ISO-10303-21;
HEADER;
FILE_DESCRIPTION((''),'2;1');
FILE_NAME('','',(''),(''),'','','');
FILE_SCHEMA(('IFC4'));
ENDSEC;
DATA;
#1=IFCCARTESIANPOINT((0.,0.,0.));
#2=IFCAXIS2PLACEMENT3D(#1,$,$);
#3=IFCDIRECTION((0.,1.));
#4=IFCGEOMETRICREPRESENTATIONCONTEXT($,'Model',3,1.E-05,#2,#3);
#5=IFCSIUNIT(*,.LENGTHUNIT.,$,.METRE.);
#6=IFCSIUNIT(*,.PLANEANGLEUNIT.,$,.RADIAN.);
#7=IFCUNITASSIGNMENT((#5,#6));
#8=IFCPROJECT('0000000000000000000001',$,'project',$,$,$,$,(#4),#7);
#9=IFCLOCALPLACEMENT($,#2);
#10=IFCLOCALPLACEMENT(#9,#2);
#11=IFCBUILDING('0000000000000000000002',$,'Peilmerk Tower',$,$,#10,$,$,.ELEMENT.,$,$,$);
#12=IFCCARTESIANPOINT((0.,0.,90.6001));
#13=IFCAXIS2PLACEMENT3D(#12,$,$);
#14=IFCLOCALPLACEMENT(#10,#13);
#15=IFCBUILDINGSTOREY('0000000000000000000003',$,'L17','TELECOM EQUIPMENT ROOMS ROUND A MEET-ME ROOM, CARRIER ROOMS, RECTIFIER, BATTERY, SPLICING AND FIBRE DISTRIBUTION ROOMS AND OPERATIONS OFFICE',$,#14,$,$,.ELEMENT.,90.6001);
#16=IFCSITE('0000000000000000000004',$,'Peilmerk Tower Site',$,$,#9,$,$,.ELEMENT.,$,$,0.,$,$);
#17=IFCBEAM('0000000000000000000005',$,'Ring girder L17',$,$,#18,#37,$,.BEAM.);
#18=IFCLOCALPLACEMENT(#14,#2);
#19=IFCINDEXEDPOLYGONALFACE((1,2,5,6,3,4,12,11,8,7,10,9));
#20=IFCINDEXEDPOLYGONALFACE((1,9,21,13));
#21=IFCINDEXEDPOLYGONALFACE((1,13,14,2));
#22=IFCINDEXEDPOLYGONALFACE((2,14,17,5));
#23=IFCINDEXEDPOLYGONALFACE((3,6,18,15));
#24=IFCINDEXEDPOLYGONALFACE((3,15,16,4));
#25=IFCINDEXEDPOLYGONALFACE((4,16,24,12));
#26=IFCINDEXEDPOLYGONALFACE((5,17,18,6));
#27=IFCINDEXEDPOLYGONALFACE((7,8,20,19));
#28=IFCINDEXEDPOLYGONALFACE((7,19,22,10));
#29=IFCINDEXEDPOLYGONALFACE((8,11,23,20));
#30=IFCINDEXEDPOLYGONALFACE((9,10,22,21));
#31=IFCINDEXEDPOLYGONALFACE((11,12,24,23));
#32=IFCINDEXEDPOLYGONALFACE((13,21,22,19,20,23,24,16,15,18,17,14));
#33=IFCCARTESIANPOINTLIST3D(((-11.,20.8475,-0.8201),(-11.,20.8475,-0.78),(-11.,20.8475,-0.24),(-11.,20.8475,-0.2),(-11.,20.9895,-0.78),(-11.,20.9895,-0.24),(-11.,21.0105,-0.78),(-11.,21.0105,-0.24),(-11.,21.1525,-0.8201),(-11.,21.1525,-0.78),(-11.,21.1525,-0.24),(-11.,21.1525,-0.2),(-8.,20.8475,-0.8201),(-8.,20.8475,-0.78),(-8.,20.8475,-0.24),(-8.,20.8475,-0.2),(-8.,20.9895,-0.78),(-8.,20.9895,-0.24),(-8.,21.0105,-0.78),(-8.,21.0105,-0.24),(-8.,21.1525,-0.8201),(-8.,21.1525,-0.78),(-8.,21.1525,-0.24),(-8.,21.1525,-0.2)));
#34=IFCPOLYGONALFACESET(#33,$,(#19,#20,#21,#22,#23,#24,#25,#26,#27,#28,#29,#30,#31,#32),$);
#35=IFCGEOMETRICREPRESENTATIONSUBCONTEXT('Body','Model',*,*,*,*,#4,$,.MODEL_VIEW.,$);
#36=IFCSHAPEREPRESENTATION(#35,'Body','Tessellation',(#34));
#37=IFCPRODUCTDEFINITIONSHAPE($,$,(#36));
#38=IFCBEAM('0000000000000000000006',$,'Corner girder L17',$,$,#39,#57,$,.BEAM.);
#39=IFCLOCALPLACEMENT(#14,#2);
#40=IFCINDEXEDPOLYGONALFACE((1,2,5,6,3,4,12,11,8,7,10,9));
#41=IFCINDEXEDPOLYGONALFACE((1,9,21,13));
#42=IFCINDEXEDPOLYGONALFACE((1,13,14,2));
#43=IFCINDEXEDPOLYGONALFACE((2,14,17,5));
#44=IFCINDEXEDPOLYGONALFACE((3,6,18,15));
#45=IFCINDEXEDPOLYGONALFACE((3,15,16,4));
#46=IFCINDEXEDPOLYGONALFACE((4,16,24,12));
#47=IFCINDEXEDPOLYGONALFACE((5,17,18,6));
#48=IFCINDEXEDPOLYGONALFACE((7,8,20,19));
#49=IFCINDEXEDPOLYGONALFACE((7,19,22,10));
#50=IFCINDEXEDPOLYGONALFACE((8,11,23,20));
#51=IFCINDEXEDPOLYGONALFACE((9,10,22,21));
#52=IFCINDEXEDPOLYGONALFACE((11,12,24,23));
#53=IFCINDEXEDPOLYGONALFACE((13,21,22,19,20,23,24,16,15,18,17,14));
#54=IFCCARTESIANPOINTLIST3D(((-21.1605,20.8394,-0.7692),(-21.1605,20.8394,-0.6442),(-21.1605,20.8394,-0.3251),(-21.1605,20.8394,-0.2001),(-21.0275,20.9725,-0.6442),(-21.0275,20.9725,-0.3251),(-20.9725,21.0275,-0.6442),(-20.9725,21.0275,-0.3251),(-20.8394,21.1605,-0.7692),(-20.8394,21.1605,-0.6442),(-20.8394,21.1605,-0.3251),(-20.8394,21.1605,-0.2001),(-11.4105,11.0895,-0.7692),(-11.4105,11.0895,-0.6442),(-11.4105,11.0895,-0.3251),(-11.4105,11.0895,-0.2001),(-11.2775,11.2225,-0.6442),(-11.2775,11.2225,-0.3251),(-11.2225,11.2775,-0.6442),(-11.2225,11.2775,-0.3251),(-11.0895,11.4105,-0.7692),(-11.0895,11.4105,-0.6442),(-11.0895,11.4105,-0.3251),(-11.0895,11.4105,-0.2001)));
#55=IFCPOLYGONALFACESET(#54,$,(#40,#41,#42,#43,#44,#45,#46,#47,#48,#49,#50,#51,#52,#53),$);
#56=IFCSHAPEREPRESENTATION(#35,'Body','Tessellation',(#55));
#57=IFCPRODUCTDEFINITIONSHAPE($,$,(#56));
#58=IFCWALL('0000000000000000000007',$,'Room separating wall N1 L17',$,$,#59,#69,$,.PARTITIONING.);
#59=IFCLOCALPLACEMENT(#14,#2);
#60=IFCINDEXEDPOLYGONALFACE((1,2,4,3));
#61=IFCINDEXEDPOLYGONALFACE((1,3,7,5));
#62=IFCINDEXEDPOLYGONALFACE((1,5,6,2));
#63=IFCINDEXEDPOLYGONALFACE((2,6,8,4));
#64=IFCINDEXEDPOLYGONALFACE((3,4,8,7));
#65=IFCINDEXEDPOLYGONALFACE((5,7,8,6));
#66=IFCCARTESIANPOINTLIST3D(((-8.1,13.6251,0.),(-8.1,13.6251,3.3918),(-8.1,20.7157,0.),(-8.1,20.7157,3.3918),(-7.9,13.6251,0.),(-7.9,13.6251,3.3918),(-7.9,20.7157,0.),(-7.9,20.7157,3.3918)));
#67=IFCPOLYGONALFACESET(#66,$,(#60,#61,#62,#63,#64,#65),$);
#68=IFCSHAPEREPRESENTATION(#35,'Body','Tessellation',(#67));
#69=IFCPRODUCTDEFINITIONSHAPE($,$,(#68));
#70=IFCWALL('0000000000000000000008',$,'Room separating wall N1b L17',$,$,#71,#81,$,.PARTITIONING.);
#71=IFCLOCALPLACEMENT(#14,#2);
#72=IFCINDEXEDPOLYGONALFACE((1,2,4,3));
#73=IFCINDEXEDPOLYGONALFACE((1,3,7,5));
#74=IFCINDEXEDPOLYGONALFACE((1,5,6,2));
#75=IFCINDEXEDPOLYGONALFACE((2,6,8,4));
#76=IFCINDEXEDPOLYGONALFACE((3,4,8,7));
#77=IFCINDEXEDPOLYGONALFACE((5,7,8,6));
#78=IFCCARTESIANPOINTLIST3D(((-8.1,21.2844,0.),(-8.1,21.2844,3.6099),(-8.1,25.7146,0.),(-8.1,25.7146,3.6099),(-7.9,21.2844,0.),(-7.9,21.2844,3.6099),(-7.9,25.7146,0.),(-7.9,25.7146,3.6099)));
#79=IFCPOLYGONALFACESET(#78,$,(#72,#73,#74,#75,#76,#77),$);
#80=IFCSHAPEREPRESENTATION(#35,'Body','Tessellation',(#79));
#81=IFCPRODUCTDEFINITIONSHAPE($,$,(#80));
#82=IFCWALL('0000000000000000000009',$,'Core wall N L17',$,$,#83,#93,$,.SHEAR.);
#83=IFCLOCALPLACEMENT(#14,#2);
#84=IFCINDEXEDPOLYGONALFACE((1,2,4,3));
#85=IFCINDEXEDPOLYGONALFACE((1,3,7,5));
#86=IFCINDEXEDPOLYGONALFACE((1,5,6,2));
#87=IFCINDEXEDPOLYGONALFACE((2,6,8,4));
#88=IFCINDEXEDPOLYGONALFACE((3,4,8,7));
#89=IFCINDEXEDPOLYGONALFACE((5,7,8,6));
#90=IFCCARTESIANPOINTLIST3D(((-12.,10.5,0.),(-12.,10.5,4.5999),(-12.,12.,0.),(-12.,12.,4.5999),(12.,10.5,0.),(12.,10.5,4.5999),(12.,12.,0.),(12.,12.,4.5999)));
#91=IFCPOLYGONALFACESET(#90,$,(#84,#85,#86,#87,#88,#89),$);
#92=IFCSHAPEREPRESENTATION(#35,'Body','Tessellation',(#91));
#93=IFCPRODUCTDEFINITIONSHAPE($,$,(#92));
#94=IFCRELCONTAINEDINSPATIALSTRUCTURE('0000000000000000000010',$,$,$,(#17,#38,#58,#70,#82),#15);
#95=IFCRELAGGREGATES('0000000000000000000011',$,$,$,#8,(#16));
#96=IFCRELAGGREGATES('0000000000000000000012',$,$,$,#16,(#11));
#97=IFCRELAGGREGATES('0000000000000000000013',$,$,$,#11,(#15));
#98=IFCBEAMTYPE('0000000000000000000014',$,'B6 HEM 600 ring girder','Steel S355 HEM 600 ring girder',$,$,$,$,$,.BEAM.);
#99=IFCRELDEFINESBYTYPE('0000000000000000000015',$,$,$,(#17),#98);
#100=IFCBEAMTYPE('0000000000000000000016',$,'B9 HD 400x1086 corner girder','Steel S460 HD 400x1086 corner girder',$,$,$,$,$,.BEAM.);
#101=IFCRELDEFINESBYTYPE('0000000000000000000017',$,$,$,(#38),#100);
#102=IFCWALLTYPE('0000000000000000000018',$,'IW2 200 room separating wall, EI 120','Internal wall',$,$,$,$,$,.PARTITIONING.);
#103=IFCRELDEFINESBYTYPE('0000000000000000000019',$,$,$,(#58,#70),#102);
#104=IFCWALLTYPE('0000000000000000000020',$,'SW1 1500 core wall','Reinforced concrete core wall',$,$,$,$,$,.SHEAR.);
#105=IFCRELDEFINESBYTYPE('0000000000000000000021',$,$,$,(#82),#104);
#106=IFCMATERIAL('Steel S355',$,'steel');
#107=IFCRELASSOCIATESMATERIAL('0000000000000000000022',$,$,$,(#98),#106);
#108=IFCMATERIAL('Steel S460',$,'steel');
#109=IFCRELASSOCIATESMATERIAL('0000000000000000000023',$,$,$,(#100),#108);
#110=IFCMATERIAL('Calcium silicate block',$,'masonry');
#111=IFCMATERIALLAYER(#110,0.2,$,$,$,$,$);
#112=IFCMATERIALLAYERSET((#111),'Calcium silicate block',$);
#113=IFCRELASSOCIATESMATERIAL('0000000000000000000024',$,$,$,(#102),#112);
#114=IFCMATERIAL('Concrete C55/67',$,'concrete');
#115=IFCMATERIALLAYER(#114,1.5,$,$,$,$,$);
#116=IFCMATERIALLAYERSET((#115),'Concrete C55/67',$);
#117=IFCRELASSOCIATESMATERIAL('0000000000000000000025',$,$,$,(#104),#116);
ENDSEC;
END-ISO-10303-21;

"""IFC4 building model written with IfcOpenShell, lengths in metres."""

from ifc_helpers import new_model, si_unit, direction, frame, frame_2d, origin, origin_2d, place, context, subcontext, project, spatial, rectangle, i_section, extrude, material, layer, layer_set, material_profile, profile_set, type_object, element, save


model = new_model("IFC4")

# Units and contexts
model_context = context("Model", 3, precision=1e-05, world=origin(), true_north=direction((0.0, 1.0)))
body_context = subcontext(model_context, "Body", "Model", "MODEL_VIEW")
ifc_project = project(units=[si_unit("LENGTHUNIT", "METRE"), si_unit("PLANEANGLEUNIT", "RADIAN")], contexts=[model_context])

# Site, building, storey
site_placement = place(None, origin())
site = spatial("IfcSite", under=ifc_project, at=site_placement, Name="Peilmerk Tower Site", CompositionType="ELEMENT", RefElevation=0.0)
building_placement = place(site_placement, origin())
building = spatial("IfcBuilding", under=site, at=building_placement, Name="Peilmerk Tower", CompositionType="ELEMENT")
storey_placement = place(building_placement, frame((0.0, 0.0, 90.6001)))
storey = spatial("IfcBuildingStorey", under=building, at=storey_placement, Name="L17", Description="TELECOM EQUIPMENT ROOMS ROUND A MEET-ME ROOM, CARRIER ROOMS, RECTIFIER, BATTERY, SPLICING AND FIBRE DISTRIBUTION ROOMS AND OPERATIONS OFFICE", CompositionType="ELEMENT", Elevation=90.6001)

# Shared definitions
ifc_material_1 = material(Name="Steel S460", Category="steel")

# Beams
ifc_material_2 = material(Name="Steel S355", Category="steel")
ifc_material_profile_1 = material_profile(ifc_material_2, i_section(OverallWidth=0.3049, OverallDepth=0.6201, WebThickness=0.021, FlangeThickness=0.04, at=origin_2d()), Name="HEM 600")
ifc_profile_set_1 = profile_set([ifc_material_profile_1], Name="Steel S355")
beam_type_1 = type_object("IfcBeamType", Name="B6 HEM 600 ring girder", Description="Steel S355 HEM 600 ring girder", PredefinedType="BEAM", material=ifc_profile_set_1)
beam_1_placement = place(storey_placement, frame((-8.0, 21.0, -0.51), z_axis=(-1.0, 0.0, 0.0), x_axis=(0.0, -1.0, 0.0)))
element("IfcBeam", 1, at=beam_1_placement, inside=storey, type_object=beam_type_1, Name="Ring girder L17", PredefinedType="BEAM", context=body_context, shape_type="SweptSolid", body=[
    extrude(i_section(OverallWidth=0.3049, OverallDepth=0.6201, WebThickness=0.021, FlangeThickness=0.04, at=origin_2d()), origin(), (0.0, 0.0, 1.0), 3.0),
])
ifc_material_profile_2 = material_profile(ifc_material_1, i_section(OverallWidth=0.4541, OverallDepth=0.5691, WebThickness=0.0779, FlangeThickness=0.125, at=origin_2d()), Name="HD 400x1086")
ifc_profile_set_2 = profile_set([ifc_material_profile_2], Name="Steel S460")
beam_type_2 = type_object("IfcBeamType", Name="B9 HD 400x1086 corner girder", Description="Steel S460 HD 400x1086 corner girder", PredefinedType="BEAM", material=ifc_profile_set_2)
beam_2_placement = place(storey_placement, frame((-11.25, 11.25, -0.4846), z_axis=(-0.707107, 0.707107, 0.0), x_axis=(-0.707107, -0.707107, 0.0)))
element("IfcBeam", 2, at=beam_2_placement, inside=storey, type_object=beam_type_2, Name="Corner girder L17", PredefinedType="BEAM", context=body_context, shape_type="SweptSolid", body=[
    extrude(i_section(OverallWidth=0.4541, OverallDepth=0.5691, WebThickness=0.0779, FlangeThickness=0.125, at=origin_2d()), origin(), (0.0, 0.0, 1.0), 13.7886),
])

# Walls
ifc_material_3 = material(Name="Calcium silicate block", Category="masonry")
ifc_layer_1 = layer(ifc_material_3, 0.2)
ifc_layer_set_1 = layer_set([ifc_layer_1], Name="Calcium silicate block")
wall_type_1 = type_object("IfcWallType", Name="IW2 200 room separating wall, EI 120", Description="Internal wall", PredefinedType="PARTITIONING", material=ifc_layer_set_1)
wall_1_placement = place(storey_placement, frame((-8.0, 13.625, 0.0), z_axis=(0.0, 0.0, 1.0), x_axis=(0.0, 1.0, 0.0)))
element("IfcWall", 3, at=wall_1_placement, inside=storey, type_object=wall_type_1, Name="Room separating wall N1 L17", PredefinedType="PARTITIONING", context=body_context, shape_type="SweptSolid", body=[
    extrude(rectangle(XDim=7.0906, YDim=0.2, at=frame_2d((3.5454, 0.0))), origin(), (0.0, 0.0, 1.0), 3.3918),
])
wall_2_placement = place(storey_placement, frame((-8.0, 21.2844, 0.0), z_axis=(0.0, 0.0, 1.0), x_axis=(0.0, 1.0, 0.0)))
element("IfcWall", 4, at=wall_2_placement, inside=storey, type_object=wall_type_1, Name="Room separating wall N1b L17", PredefinedType="PARTITIONING", context=body_context, shape_type="SweptSolid", body=[
    extrude(rectangle(XDim=4.4302, YDim=0.2, at=frame_2d((2.2151, 0.0))), origin(), (0.0, 0.0, 1.0), 3.6099),
])
ifc_material_4 = material(Name="Concrete C55/67", Category="concrete")
ifc_layer_2 = layer(ifc_material_4, 1.5)
ifc_layer_set_2 = layer_set([ifc_layer_2], Name="Concrete C55/67")
wall_type_2 = type_object("IfcWallType", Name="SW1 1500 core wall", Description="Reinforced concrete core wall", PredefinedType="SHEAR", material=ifc_layer_set_2)
wall_3_placement = place(storey_placement, frame((-12.0, 11.25, 0.0), z_axis=(0.0, 0.0, 1.0), x_axis=(1.0, 0.0, 0.0)))
element("IfcWall", 5, at=wall_3_placement, inside=storey, type_object=wall_type_2, Name="Core wall N L17", PredefinedType="SHEAR", context=body_context, shape_type="SweptSolid", body=[
    extrude(rectangle(XDim=24.0, YDim=1.5, at=frame_2d((12.0, 0.0))), origin(), (0.0, 0.0, 1.0), 4.5999),
])

save(model, "model.ifc")
